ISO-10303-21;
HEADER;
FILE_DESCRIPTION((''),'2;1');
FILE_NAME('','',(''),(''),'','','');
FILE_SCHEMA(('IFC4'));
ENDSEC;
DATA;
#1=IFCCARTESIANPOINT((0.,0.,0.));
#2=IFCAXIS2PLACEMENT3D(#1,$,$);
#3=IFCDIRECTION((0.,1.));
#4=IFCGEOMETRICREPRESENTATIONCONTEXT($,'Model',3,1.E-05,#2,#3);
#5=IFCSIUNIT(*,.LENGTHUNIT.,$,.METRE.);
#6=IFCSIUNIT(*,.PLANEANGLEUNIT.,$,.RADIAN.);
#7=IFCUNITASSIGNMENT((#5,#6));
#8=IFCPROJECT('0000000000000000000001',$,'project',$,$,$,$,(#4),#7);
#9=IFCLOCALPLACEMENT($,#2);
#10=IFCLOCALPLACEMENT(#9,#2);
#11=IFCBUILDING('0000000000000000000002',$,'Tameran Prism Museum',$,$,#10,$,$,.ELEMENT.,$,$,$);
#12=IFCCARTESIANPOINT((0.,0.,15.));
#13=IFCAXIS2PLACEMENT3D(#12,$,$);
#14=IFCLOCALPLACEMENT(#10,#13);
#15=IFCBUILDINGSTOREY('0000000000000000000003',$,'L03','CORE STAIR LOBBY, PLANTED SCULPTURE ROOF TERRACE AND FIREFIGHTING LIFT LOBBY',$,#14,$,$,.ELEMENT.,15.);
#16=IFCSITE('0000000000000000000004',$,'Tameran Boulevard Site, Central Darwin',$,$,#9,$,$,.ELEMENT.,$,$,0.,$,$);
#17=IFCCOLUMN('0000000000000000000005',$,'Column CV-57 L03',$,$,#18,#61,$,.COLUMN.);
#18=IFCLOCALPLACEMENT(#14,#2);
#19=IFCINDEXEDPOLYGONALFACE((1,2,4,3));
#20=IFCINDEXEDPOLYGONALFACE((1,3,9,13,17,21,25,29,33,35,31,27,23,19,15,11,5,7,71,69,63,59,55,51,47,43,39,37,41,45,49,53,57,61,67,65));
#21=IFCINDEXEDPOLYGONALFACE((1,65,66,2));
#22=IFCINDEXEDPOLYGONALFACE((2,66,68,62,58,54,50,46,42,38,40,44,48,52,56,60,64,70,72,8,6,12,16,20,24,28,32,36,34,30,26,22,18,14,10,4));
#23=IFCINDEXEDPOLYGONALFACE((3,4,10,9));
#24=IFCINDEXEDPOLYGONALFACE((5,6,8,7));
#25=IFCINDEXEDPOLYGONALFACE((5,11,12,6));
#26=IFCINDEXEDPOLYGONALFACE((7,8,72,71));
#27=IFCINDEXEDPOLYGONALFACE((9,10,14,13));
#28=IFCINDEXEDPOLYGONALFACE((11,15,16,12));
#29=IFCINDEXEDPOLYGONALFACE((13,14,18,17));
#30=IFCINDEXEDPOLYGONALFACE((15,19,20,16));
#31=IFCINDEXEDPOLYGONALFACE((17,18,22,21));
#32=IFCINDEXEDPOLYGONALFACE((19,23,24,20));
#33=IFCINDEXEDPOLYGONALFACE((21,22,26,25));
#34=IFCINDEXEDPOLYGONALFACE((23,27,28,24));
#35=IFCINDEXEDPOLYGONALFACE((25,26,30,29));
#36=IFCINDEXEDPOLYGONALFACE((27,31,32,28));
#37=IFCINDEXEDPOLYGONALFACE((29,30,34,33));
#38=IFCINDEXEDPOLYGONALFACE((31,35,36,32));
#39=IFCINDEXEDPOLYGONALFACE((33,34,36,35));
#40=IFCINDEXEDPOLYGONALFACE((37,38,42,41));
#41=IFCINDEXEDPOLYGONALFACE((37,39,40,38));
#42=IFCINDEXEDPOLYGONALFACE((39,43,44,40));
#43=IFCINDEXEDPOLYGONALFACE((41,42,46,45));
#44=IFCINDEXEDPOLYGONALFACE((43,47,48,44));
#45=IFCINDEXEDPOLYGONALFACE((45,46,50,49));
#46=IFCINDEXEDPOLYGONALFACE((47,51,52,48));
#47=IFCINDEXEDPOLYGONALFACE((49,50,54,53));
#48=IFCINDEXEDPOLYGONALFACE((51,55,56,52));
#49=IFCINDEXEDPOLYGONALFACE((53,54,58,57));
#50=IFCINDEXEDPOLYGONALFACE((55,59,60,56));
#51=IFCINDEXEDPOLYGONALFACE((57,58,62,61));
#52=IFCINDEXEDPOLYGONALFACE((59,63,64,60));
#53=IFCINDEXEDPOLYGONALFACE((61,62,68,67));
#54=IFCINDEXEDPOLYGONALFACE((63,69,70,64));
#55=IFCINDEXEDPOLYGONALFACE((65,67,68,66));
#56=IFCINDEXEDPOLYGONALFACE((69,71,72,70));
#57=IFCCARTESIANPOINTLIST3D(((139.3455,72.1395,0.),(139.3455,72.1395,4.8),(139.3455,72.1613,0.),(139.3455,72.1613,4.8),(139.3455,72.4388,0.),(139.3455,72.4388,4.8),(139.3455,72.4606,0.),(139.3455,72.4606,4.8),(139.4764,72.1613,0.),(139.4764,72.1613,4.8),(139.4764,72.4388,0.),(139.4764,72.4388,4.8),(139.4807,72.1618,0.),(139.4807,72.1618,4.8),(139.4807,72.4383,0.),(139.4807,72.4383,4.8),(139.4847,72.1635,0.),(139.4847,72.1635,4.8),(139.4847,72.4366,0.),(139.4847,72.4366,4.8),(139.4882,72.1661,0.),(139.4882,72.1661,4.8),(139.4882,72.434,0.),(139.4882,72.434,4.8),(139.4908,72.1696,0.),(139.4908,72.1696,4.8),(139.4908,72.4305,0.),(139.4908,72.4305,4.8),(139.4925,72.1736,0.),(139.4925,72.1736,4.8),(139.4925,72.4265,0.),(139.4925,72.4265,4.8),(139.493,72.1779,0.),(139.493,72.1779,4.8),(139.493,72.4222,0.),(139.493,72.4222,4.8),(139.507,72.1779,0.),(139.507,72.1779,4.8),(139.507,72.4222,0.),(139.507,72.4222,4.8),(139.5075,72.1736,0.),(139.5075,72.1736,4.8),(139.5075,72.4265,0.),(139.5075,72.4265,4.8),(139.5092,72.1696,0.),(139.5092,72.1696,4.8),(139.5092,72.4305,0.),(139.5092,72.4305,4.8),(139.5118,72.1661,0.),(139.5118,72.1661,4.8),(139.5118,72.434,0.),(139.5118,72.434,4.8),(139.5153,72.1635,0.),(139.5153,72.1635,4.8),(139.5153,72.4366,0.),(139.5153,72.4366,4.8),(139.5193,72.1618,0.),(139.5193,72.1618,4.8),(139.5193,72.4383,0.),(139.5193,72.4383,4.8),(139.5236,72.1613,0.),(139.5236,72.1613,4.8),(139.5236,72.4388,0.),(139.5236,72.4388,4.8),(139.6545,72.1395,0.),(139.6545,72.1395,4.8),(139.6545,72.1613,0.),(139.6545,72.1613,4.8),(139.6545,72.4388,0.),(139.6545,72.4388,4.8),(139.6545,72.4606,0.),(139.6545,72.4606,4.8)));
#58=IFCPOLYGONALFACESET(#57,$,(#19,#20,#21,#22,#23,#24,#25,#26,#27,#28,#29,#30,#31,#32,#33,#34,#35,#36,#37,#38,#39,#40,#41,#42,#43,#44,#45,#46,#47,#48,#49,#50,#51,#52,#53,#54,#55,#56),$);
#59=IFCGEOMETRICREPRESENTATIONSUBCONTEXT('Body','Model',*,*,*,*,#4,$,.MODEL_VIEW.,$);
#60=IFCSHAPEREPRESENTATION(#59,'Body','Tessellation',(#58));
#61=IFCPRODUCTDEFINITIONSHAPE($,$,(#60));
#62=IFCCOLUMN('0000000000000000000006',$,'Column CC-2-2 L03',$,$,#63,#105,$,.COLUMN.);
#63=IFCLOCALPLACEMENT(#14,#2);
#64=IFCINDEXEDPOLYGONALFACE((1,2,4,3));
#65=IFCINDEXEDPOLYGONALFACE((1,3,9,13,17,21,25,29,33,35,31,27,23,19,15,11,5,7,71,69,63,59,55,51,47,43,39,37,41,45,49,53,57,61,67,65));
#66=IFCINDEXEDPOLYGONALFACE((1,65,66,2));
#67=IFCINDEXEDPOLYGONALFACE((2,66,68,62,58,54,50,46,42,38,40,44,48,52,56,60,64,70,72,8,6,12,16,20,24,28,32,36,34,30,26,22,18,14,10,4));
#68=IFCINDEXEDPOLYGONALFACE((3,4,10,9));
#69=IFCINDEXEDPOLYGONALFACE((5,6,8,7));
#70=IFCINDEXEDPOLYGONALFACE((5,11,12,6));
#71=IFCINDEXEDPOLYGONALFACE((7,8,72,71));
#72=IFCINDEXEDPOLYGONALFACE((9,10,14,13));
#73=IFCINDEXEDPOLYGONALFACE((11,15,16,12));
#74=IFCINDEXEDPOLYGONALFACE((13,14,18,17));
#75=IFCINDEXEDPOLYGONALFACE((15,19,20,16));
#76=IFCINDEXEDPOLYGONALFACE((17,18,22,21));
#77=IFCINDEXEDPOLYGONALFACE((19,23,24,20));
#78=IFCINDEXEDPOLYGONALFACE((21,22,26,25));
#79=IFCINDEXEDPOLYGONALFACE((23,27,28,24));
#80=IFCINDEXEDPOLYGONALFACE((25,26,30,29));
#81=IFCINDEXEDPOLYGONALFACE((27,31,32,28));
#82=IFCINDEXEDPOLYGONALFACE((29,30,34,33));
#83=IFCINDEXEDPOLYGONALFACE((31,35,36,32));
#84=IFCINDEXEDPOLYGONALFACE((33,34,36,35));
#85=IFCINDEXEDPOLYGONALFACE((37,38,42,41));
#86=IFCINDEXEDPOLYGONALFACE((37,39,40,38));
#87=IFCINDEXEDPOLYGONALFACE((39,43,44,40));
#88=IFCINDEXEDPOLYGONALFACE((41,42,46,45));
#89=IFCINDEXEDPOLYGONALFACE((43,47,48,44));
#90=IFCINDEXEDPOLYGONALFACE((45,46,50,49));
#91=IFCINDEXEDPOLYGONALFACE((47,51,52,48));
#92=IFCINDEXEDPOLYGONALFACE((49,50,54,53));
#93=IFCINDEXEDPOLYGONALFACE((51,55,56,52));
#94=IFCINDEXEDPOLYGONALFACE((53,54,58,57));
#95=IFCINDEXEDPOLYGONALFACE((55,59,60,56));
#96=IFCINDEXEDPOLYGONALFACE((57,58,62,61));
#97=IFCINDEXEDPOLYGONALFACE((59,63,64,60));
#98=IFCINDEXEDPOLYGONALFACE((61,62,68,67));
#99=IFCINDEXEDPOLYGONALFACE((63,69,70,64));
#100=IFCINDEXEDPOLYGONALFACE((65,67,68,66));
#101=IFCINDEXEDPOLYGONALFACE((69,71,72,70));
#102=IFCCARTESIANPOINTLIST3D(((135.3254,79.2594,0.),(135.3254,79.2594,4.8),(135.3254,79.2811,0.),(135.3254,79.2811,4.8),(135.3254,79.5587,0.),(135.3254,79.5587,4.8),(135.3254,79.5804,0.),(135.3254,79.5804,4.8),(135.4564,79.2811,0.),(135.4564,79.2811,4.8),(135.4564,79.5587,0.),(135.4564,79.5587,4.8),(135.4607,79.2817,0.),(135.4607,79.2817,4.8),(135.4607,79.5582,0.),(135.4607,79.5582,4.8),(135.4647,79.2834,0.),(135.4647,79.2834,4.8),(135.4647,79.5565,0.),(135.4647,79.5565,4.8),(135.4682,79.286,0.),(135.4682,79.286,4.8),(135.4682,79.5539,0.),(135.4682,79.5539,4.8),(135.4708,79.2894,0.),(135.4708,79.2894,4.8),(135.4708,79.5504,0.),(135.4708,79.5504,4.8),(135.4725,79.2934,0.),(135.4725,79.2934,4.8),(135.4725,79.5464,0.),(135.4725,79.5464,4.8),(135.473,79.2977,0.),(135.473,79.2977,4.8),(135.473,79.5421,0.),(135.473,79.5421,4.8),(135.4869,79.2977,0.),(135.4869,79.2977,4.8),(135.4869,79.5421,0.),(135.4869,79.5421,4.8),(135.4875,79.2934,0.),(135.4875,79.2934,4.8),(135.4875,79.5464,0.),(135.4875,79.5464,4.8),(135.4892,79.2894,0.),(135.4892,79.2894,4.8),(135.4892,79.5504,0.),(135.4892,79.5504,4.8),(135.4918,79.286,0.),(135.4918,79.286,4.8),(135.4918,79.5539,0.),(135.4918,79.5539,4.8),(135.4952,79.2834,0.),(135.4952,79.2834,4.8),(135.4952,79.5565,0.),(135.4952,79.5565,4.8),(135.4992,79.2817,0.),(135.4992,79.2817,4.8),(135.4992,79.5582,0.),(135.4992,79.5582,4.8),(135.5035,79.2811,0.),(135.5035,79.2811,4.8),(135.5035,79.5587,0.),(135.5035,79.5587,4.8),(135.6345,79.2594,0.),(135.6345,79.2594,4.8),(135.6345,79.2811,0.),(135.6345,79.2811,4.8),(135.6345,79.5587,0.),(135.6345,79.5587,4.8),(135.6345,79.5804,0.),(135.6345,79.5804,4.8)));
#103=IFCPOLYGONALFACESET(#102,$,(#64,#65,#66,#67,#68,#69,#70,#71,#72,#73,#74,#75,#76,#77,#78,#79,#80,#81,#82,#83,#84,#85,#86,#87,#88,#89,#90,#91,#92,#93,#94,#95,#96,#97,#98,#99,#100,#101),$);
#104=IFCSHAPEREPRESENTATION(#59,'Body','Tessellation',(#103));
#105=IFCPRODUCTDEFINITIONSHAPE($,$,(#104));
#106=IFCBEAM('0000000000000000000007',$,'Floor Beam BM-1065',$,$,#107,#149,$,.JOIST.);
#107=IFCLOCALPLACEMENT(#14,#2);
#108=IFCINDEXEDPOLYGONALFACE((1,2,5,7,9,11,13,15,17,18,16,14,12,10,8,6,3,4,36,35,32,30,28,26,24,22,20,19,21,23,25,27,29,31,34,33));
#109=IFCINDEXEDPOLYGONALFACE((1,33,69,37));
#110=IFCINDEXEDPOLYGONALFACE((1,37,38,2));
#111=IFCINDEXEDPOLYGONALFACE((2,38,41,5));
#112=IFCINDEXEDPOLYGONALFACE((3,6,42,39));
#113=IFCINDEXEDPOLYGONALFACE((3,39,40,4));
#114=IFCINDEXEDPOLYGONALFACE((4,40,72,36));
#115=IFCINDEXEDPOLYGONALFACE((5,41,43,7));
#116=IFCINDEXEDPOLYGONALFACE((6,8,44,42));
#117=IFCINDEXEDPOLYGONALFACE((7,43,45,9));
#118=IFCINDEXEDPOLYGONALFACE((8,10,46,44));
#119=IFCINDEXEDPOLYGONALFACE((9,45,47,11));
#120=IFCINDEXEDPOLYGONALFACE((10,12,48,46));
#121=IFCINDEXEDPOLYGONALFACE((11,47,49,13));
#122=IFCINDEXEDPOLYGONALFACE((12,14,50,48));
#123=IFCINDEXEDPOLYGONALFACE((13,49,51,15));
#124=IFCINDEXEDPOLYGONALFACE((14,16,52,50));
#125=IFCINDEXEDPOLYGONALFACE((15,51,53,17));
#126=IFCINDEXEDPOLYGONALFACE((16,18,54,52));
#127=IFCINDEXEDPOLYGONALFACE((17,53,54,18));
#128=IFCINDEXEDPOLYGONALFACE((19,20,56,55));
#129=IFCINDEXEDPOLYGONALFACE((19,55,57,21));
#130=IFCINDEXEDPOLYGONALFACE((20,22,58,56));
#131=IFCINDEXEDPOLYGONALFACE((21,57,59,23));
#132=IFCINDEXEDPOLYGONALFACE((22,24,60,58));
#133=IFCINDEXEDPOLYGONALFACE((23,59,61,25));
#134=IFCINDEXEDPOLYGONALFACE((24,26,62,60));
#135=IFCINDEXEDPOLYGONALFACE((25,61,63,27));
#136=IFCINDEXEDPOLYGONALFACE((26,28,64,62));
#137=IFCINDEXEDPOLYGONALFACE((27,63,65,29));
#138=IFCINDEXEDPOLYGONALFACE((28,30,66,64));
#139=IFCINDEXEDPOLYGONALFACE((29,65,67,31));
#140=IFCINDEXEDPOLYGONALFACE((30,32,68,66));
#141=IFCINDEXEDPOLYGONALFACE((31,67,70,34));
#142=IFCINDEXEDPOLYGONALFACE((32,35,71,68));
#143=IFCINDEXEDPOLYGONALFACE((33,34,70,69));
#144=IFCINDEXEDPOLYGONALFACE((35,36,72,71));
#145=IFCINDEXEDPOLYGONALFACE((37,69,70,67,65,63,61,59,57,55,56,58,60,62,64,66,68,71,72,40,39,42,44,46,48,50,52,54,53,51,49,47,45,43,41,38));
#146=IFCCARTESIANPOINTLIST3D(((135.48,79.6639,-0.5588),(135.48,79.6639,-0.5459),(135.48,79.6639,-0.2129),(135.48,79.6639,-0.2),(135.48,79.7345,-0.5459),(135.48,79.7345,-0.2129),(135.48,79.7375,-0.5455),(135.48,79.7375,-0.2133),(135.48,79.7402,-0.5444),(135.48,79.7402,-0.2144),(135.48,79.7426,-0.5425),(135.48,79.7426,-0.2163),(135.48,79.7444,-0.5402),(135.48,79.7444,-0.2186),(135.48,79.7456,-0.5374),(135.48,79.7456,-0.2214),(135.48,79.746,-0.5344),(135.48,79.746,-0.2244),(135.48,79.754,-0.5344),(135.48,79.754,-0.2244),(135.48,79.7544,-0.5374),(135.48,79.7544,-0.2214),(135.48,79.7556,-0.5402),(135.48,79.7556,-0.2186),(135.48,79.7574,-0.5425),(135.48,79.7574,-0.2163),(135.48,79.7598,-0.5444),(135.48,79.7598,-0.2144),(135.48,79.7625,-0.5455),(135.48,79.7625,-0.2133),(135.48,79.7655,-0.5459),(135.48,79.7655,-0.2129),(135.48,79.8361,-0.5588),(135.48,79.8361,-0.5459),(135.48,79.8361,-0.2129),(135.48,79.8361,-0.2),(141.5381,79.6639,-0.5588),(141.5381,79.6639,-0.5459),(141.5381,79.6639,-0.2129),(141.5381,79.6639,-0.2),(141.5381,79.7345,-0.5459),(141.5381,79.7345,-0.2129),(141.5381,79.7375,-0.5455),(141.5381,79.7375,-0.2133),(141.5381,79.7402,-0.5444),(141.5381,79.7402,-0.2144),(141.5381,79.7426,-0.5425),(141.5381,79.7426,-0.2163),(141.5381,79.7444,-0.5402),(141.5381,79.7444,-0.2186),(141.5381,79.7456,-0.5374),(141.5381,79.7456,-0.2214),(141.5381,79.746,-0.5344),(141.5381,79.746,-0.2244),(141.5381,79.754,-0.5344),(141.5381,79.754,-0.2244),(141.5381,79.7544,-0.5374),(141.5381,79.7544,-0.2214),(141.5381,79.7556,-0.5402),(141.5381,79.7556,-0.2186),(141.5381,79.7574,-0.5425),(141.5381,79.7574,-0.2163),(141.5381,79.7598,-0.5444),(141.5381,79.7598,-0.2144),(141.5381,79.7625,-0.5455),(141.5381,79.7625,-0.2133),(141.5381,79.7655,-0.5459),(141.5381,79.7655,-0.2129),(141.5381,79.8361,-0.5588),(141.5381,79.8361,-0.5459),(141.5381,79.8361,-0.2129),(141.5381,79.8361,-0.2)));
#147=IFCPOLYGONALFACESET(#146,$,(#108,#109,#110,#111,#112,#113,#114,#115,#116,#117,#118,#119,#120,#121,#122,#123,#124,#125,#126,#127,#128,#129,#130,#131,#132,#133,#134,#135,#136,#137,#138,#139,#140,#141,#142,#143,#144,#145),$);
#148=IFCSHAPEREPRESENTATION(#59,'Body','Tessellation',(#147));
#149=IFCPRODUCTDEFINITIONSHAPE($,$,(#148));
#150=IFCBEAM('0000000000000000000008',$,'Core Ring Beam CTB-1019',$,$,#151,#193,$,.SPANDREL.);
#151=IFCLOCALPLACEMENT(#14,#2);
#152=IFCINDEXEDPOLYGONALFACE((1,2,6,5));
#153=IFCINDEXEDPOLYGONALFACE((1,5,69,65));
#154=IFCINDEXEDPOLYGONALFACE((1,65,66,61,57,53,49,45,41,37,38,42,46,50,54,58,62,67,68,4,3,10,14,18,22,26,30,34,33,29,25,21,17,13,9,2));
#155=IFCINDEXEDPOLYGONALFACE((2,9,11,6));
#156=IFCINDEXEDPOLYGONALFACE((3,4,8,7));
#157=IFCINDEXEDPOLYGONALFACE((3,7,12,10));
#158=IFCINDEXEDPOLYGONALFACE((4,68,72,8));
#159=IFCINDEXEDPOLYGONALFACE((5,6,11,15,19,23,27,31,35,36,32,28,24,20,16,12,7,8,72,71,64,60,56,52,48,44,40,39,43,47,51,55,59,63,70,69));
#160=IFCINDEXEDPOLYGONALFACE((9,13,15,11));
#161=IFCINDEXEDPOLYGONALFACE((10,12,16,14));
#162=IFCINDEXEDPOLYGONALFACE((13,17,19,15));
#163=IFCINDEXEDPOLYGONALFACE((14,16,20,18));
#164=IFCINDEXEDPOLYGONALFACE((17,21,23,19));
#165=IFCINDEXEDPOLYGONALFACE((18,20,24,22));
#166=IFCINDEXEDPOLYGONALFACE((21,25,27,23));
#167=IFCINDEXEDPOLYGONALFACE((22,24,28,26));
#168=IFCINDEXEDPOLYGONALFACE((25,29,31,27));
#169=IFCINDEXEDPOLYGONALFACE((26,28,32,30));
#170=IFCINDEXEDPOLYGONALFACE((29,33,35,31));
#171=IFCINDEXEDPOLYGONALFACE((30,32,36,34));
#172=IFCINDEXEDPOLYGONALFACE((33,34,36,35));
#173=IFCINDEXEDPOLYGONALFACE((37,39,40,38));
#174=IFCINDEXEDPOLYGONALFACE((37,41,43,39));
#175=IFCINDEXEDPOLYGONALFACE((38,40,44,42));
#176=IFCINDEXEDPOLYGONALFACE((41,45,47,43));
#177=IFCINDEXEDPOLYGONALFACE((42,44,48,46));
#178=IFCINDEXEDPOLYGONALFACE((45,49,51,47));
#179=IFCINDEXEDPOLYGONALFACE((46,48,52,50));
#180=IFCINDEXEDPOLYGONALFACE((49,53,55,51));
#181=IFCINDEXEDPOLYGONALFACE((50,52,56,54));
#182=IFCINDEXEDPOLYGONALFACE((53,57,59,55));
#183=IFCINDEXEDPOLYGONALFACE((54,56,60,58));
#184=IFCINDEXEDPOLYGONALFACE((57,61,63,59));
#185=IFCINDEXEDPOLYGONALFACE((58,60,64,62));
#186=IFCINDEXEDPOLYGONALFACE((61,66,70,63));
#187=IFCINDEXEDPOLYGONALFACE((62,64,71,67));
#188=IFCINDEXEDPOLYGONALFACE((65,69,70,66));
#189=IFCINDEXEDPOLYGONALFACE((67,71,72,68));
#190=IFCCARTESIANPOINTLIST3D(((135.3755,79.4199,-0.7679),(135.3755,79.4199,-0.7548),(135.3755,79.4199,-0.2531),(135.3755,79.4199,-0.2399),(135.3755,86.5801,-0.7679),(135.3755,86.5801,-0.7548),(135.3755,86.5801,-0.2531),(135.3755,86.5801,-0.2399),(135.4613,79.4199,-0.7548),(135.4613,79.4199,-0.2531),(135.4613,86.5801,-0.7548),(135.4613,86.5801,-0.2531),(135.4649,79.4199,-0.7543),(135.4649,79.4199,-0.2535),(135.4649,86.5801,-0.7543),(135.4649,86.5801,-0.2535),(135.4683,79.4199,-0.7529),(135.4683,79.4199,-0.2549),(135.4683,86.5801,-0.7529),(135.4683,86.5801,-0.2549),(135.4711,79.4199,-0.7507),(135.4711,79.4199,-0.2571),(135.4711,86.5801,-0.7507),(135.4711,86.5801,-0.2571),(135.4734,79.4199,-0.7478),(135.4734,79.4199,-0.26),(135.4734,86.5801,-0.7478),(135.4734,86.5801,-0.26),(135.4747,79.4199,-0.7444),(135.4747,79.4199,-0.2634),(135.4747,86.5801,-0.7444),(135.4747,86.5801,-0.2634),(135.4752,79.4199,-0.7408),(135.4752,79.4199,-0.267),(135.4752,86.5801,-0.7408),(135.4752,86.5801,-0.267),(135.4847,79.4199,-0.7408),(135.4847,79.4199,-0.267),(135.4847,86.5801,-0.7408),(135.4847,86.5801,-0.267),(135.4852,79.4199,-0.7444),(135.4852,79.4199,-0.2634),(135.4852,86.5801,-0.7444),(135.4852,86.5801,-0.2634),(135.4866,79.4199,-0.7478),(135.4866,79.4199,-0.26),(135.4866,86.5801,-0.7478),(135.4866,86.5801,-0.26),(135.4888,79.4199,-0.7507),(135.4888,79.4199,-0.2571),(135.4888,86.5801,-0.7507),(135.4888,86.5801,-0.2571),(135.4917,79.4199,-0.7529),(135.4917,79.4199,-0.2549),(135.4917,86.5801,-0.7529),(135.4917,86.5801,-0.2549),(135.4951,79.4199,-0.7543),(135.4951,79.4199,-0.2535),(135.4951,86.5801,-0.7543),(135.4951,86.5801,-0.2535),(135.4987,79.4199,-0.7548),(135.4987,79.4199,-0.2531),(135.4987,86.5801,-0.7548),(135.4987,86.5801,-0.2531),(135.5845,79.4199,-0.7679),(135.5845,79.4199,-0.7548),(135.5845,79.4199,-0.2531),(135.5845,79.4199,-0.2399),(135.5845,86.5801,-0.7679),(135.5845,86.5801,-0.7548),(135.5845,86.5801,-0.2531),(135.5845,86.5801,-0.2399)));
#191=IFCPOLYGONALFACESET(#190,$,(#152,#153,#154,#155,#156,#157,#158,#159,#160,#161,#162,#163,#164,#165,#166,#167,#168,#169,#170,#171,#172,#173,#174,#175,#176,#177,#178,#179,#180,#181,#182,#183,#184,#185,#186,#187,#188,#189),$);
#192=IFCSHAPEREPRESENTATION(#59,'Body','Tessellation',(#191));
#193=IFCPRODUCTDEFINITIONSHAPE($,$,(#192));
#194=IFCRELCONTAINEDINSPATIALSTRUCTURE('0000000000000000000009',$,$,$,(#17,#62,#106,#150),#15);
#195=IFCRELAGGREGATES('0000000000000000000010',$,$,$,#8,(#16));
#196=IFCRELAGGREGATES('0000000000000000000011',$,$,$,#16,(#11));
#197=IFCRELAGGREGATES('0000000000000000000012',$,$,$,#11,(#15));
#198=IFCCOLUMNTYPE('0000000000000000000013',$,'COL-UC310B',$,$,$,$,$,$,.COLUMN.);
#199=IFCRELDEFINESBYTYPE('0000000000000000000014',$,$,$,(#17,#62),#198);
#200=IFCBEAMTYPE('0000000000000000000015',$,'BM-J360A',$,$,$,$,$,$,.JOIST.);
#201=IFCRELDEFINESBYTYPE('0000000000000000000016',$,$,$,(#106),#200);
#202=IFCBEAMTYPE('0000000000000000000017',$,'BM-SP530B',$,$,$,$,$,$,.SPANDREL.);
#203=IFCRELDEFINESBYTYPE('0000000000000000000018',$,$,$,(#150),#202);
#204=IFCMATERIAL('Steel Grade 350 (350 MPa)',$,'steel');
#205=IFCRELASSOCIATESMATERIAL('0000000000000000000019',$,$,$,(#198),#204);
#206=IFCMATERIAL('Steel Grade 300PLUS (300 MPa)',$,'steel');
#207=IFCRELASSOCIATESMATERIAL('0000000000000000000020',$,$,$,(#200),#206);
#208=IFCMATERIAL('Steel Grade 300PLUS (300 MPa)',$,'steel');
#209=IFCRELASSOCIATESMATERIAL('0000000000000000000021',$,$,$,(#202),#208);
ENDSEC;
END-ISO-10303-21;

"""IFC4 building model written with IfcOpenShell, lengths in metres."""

from ifc_helpers import new_model, si_unit, direction, frame, origin, origin_2d, place, context, subcontext, project, spatial, i_section, extrude, material, material_profile, profile_set, type_object, element, save


model = new_model("IFC4")

# Units and contexts
model_context = context("Model", 3, precision=1e-05, world=origin(), true_north=direction((0.0, 1.0)))
body_context = subcontext(model_context, "Body", "Model", "MODEL_VIEW")
ifc_project = project(units=[si_unit("LENGTHUNIT", "METRE"), si_unit("PLANEANGLEUNIT", "RADIAN")], contexts=[model_context])

# Site, building, storey
site_placement = place(None, origin())
site = spatial("IfcSite", under=ifc_project, at=site_placement, Name="Tameran Boulevard Site, Central Darwin", CompositionType="ELEMENT", RefElevation=0.0)
building_placement = place(site_placement, origin())
building = spatial("IfcBuilding", under=site, at=building_placement, Name="Tameran Prism Museum", CompositionType="ELEMENT")
storey_placement = place(building_placement, frame((0.0, 0.0, 15.0)))
storey = spatial("IfcBuildingStorey", under=building, at=storey_placement, Name="L03", Description="CORE STAIR LOBBY, PLANTED SCULPTURE ROOF TERRACE AND FIREFIGHTING LIFT LOBBY", CompositionType="ELEMENT", Elevation=15.0)

# Columns
ifc_material_1 = material(Name="Steel Grade 350 (350 MPa)", Category="steel")
ifc_material_profile_1 = material_profile(ifc_material_1, i_section(OverallWidth=0.3091, OverallDepth=0.321, WebThickness=0.0139, FlangeThickness=0.0217, FilletRadius=0.0166, at=origin_2d()))
ifc_profile_set_1 = profile_set([ifc_material_profile_1])
column_type = type_object("IfcColumnType", Name="COL-UC310B", PredefinedType="COLUMN", material=ifc_profile_set_1)
for number, where, z_axis, x_axis, name in (
    (1, (139.5, 72.3, 0.0), (0.0, 0.0, 1.0), (1.0, 0.0, 0.0), "Column CV-57 L03"),
    (2, (135.48, 79.4199, 0.0), (0.0, 0.0, 1.0), (1.0, 0.0, 0.0), "Column CC-2-2 L03"),
):
    element("IfcColumn", number, at=place(storey_placement, frame(where, z_axis=z_axis, x_axis=x_axis)), inside=storey, type_object=column_type, Name=name, PredefinedType="COLUMN", context=body_context, shape_type="SweptSolid", body=[
        extrude(i_section(OverallWidth=0.3091, OverallDepth=0.321, WebThickness=0.0139, FlangeThickness=0.0217, FilletRadius=0.0166, at=origin_2d()), origin(), (0.0, 0.0, 1.0), 4.8),
    ])

# Beams
ifc_material_2 = material(Name="Steel Grade 300PLUS (300 MPa)", Category="steel")
ifc_material_profile_2 = material_profile(ifc_material_2, i_section(OverallWidth=0.1721, OverallDepth=0.3589, WebThickness=0.0081, FlangeThickness=0.0129, FilletRadius=0.0115, at=origin_2d()))
ifc_profile_set_2 = profile_set([ifc_material_profile_2])
beam_type_1 = type_object("IfcBeamType", Name="BM-J360A", PredefinedType="JOIST", material=ifc_profile_set_2)
beam_1_placement = place(storey_placement, frame((135.48, 79.75, -0.3794), z_axis=(1.0, 0.0, 0.0), x_axis=(0.0, 1.0, 0.0)))
element("IfcBeam", 3, at=beam_1_placement, inside=storey, type_object=beam_type_1, Name="Floor Beam BM-1065", PredefinedType="JOIST", context=body_context, shape_type="SweptSolid", body=[
    extrude(i_section(OverallWidth=0.1721, OverallDepth=0.3589, WebThickness=0.0081, FlangeThickness=0.0129, FilletRadius=0.0115, at=origin_2d()), origin(), (0.0, 0.0, 1.0), 6.0581),
])
ifc_material_3 = material(Name="Steel Grade 300PLUS (300 MPa)", Category="steel")
ifc_material_profile_3 = material_profile(ifc_material_3, i_section(OverallWidth=0.209, OverallDepth=0.5281, WebThickness=0.0095, FlangeThickness=0.0132, FilletRadius=0.0139, at=origin_2d()))
ifc_profile_set_3 = profile_set([ifc_material_profile_3])
beam_type_2 = type_object("IfcBeamType", Name="BM-SP530B", PredefinedType="SPANDREL", material=ifc_profile_set_3)
beam_2_placement = place(storey_placement, frame((135.48, 79.4199, -0.5039), z_axis=(0.0, 1.0, 0.0), x_axis=(-1.0, 0.0, 0.0)))
element("IfcBeam", 4, at=beam_2_placement, inside=storey, type_object=beam_type_2, Name="Core Ring Beam CTB-1019", PredefinedType="SPANDREL", context=body_context, shape_type="SweptSolid", body=[
    extrude(i_section(OverallWidth=0.209, OverallDepth=0.5281, WebThickness=0.0095, FlangeThickness=0.0132, FilletRadius=0.0139, at=origin_2d()), origin(), (0.0, 0.0, 1.0), 7.1602),
])

save(model, "model.ifc")
